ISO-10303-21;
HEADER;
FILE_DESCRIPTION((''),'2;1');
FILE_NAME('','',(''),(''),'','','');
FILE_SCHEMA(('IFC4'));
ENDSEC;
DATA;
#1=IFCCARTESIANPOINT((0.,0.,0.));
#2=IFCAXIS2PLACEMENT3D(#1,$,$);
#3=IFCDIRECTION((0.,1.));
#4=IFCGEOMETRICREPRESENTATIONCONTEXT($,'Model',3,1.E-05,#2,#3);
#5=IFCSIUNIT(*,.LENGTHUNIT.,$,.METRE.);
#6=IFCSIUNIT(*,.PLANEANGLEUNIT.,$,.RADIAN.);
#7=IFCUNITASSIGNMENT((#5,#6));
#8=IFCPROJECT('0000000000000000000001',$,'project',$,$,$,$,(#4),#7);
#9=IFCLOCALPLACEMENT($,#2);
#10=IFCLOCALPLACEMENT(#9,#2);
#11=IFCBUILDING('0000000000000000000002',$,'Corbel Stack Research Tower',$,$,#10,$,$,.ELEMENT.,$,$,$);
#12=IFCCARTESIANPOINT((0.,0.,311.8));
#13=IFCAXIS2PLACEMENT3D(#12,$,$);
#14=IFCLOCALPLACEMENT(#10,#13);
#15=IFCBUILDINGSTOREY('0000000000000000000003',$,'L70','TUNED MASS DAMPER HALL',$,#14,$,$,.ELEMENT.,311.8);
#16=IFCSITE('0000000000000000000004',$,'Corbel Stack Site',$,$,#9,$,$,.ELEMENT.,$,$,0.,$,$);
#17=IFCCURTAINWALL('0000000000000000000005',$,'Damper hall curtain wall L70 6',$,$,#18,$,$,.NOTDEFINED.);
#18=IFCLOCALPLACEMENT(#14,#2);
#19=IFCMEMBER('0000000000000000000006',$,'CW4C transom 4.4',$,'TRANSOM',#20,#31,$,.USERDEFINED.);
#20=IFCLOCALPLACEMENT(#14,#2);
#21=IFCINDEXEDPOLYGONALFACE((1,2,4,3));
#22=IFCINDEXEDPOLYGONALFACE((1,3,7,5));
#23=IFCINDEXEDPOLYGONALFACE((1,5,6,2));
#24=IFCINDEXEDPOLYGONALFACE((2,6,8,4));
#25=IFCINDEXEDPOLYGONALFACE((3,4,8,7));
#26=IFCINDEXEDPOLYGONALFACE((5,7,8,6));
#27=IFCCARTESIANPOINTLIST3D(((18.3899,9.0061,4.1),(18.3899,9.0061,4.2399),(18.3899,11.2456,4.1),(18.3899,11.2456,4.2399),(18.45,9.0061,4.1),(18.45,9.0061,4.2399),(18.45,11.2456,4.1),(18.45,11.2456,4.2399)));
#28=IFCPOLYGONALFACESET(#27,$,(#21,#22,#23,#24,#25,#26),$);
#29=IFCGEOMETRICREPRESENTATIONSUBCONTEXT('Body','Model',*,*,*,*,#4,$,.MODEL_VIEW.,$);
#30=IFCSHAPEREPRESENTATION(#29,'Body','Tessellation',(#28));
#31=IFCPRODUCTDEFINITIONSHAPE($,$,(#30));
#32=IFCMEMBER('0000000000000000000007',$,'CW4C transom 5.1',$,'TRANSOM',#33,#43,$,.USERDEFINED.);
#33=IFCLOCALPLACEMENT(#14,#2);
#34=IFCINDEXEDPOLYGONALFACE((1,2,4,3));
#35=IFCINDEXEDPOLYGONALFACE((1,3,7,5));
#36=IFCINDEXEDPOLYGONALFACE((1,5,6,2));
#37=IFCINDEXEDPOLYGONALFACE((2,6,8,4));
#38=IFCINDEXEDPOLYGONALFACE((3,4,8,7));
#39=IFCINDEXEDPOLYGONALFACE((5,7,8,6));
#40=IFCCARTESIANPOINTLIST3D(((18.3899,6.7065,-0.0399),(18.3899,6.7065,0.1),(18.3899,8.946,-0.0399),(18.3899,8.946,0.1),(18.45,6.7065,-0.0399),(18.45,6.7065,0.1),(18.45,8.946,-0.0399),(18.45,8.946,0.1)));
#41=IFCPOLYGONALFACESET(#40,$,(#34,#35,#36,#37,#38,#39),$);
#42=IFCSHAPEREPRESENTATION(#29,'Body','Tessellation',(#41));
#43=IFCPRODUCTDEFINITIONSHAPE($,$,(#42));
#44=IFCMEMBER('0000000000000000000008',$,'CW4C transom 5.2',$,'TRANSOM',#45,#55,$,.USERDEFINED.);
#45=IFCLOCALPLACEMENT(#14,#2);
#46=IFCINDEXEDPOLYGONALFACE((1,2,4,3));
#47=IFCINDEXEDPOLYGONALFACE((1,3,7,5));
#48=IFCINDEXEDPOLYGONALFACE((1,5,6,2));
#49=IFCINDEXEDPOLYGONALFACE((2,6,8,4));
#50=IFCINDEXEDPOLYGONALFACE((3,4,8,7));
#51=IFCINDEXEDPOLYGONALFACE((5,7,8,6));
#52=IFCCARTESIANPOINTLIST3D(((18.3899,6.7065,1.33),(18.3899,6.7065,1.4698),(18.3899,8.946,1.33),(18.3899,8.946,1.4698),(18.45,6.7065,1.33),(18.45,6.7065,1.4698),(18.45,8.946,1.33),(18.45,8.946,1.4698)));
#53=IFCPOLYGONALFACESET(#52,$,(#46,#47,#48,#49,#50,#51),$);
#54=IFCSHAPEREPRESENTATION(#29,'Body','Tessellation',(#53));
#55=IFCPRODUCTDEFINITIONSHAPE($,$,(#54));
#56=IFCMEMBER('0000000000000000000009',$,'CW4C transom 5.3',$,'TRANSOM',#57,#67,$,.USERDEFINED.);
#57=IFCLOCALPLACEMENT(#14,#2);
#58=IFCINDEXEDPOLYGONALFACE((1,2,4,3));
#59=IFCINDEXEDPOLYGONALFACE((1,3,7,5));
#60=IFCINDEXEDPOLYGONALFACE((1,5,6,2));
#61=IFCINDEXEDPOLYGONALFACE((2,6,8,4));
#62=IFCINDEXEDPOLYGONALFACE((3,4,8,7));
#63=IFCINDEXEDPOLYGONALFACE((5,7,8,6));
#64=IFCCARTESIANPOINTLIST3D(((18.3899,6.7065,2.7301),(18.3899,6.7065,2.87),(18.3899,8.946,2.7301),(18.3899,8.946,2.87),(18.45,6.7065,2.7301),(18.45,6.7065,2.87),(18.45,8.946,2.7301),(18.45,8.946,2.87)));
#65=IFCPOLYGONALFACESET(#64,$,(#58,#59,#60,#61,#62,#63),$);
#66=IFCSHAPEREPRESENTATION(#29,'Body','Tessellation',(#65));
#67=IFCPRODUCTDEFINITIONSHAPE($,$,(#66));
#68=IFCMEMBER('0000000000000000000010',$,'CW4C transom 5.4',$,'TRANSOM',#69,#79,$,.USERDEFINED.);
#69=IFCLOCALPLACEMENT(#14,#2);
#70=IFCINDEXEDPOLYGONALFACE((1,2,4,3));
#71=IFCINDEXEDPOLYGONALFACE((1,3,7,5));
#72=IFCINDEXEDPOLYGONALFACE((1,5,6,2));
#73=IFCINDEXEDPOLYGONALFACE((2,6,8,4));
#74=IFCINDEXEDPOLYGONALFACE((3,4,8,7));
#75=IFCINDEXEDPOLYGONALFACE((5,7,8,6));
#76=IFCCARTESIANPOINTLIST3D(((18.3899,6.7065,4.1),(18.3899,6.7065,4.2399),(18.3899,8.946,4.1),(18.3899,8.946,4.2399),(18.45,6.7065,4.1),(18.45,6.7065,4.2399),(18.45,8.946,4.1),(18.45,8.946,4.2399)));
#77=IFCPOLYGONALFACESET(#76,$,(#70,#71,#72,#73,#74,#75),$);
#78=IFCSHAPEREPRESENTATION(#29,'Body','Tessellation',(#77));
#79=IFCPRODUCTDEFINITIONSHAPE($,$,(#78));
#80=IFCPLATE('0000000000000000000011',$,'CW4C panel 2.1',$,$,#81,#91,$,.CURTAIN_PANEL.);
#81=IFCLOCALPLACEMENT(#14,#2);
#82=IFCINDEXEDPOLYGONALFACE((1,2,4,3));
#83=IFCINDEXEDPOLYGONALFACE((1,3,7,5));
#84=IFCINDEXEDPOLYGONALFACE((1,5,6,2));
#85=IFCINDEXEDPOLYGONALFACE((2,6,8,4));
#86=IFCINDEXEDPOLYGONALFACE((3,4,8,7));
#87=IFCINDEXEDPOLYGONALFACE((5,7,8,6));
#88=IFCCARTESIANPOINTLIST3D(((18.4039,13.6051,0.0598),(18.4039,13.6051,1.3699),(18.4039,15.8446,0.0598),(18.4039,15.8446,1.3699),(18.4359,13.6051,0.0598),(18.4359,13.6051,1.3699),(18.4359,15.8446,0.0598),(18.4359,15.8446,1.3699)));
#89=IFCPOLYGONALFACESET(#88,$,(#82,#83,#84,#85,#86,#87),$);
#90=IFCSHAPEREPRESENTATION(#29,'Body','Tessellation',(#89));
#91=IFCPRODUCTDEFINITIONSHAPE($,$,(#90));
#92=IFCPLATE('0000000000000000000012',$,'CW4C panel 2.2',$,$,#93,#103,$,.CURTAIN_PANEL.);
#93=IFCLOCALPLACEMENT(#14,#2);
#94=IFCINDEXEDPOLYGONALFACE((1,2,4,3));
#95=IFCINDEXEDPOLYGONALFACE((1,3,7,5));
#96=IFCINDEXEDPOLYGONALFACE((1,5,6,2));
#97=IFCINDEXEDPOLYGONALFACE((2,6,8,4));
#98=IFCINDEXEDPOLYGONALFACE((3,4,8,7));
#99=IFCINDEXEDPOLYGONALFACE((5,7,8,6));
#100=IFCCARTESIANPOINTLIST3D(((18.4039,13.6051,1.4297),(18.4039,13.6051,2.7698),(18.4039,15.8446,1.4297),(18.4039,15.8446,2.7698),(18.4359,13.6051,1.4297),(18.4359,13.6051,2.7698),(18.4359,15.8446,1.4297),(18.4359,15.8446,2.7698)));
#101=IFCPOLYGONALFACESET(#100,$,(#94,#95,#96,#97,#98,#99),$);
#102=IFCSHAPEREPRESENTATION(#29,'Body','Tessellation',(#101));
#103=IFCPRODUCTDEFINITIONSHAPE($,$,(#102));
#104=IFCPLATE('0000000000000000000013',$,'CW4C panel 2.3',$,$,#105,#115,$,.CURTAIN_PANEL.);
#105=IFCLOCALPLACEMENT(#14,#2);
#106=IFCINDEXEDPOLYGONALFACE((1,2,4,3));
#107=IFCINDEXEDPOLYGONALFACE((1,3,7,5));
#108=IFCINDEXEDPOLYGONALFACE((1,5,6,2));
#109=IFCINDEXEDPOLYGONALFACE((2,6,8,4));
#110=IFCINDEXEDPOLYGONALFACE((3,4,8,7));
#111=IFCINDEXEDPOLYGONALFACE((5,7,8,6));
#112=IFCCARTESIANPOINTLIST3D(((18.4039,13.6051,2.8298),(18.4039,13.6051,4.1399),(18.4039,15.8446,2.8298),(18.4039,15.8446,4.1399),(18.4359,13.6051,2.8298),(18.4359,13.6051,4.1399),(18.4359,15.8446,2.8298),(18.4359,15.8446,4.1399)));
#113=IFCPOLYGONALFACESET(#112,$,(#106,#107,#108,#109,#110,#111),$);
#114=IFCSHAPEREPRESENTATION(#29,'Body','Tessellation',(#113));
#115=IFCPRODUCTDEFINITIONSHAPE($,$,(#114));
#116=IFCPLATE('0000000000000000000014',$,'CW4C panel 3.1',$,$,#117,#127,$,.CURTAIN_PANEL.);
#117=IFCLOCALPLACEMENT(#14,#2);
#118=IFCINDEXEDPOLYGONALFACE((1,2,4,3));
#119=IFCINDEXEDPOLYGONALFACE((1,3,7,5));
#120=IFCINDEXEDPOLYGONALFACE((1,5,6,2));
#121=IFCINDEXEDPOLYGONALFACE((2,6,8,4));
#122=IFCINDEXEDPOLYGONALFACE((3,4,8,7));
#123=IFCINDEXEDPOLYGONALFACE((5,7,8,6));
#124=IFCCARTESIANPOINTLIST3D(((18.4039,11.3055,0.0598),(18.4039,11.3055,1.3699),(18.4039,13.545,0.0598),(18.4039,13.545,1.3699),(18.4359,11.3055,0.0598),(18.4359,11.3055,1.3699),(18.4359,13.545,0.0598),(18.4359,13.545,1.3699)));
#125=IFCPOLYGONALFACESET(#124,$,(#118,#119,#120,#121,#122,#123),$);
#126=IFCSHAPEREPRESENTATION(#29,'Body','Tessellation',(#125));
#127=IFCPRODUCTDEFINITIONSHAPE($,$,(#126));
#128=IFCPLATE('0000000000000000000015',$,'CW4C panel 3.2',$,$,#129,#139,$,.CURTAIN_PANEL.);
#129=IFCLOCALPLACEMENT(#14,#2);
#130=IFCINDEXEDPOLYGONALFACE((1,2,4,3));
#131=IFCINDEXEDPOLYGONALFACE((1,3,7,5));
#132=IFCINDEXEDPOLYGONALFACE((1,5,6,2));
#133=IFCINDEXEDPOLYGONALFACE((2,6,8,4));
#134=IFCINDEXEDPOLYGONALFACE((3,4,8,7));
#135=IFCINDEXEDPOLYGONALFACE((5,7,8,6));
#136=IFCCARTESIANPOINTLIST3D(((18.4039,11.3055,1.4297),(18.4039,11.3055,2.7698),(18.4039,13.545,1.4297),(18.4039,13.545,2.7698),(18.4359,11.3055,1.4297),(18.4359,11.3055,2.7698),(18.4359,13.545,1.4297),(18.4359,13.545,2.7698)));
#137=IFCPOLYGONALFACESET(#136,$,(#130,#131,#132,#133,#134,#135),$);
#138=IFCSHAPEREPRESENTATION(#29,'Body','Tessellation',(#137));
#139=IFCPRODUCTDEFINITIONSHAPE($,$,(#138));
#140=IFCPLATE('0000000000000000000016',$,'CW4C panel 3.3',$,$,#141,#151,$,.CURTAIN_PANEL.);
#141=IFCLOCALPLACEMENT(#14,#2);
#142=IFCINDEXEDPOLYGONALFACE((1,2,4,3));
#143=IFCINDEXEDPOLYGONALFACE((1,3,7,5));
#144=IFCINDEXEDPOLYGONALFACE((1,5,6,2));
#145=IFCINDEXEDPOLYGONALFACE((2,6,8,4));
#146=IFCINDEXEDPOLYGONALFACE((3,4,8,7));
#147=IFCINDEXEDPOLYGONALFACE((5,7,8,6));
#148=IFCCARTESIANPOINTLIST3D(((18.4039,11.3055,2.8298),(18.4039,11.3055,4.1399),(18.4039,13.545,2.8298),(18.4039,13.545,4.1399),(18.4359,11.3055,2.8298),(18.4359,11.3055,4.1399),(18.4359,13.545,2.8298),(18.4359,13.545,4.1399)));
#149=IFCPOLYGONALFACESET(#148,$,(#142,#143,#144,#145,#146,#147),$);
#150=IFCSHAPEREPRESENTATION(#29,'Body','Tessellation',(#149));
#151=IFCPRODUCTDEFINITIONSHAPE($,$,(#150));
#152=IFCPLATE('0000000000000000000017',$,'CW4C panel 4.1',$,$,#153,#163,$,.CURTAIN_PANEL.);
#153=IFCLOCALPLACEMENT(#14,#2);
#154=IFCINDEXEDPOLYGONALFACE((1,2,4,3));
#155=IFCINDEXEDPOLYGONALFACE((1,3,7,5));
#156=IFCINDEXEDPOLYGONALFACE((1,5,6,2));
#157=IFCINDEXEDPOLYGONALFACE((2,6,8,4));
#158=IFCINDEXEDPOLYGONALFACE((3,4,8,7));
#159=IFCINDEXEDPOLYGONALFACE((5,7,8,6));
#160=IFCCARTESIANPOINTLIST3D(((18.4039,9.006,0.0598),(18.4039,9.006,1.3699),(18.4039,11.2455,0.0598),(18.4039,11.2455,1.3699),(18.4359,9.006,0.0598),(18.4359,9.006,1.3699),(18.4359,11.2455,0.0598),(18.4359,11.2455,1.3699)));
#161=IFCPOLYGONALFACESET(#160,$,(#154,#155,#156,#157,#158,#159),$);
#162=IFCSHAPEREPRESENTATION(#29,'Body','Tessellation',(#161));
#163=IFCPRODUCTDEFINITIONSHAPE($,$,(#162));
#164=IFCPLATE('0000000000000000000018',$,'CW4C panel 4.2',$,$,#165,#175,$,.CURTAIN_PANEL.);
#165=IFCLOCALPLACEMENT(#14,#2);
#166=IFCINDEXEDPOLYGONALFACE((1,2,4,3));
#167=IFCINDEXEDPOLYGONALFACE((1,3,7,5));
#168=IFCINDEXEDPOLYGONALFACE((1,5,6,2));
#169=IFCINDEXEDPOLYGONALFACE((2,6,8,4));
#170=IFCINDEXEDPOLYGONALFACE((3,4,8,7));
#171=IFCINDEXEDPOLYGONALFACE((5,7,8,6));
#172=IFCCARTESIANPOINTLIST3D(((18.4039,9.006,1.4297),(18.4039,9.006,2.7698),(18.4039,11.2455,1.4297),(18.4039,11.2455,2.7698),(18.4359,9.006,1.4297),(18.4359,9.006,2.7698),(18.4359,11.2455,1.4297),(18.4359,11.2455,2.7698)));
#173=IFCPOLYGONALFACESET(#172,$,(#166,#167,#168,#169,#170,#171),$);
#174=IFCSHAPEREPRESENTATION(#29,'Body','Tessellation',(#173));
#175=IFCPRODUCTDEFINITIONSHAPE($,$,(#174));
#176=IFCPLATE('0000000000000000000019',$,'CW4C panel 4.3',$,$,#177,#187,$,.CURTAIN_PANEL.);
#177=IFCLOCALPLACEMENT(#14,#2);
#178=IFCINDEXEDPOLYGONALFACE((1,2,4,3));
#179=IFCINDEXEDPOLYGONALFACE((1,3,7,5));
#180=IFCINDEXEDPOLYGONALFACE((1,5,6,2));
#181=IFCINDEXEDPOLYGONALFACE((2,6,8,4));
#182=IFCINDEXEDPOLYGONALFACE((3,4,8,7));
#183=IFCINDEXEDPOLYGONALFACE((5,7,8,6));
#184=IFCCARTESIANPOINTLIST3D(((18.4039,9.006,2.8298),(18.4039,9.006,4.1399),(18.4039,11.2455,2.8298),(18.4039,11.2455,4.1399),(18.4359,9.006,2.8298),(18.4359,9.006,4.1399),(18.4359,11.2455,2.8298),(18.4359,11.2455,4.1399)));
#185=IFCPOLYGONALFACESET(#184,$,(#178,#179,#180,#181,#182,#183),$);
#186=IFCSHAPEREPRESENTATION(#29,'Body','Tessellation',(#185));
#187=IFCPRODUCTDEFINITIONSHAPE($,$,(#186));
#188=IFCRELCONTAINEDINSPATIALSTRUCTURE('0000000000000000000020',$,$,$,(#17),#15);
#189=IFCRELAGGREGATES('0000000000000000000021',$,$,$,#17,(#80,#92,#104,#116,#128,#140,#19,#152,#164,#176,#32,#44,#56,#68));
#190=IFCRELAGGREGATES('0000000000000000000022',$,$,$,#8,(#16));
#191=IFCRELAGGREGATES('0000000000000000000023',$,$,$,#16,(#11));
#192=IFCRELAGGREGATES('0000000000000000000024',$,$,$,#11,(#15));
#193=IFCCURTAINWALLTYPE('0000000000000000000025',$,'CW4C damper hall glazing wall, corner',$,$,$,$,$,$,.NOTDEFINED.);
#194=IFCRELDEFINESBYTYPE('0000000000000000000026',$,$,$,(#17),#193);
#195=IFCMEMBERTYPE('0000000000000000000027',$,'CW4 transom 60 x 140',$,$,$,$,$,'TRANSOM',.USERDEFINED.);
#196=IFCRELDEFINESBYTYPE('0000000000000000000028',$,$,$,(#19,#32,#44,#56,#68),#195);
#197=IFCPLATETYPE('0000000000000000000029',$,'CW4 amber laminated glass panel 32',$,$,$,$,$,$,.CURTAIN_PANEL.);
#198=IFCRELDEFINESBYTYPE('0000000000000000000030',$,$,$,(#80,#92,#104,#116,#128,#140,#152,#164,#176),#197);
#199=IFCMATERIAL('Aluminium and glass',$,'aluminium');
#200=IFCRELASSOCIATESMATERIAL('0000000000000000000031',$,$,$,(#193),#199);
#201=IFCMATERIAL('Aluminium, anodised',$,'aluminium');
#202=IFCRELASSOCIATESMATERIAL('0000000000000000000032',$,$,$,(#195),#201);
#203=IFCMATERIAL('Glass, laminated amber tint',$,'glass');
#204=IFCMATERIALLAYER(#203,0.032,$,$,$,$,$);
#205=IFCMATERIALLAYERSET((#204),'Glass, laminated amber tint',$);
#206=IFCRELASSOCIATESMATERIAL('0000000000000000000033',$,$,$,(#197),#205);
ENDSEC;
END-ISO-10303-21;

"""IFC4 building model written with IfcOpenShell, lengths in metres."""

from ifc_helpers import new_model, si_unit, direction, frame, origin, origin_2d, place, context, subcontext, project, spatial, rectangle, extrude, material, layer, layer_set, material_profile, profile_set, type_object, element, aggregate, save


model = new_model("IFC4")

# Units and contexts
model_context = context("Model", 3, precision=1e-05, world=origin(), true_north=direction((0.0, 1.0)))
body_context = subcontext(model_context, "Body", "Model", "MODEL_VIEW")
ifc_project = project(units=[si_unit("LENGTHUNIT", "METRE"), si_unit("PLANEANGLEUNIT", "RADIAN")], contexts=[model_context])

# Site, building, storey
site_placement = place(None, origin())
site = spatial("IfcSite", under=ifc_project, at=site_placement, Name="Corbel Stack Site", CompositionType="ELEMENT", RefElevation=0.0)
building_placement = place(site_placement, origin())
building = spatial("IfcBuilding", under=site, at=building_placement, Name="Corbel Stack Research Tower", CompositionType="ELEMENT")
storey_placement = place(building_placement, frame((0.0, 0.0, 311.8)))
storey = spatial("IfcBuildingStorey", under=building, at=storey_placement, Name="L70", Description="TUNED MASS DAMPER HALL", CompositionType="ELEMENT", Elevation=311.8)

# Curtain wall, members, plates
ifc_material_1 = material(Name="Aluminium and glass", Category="aluminium")
curtain_wall_type = type_object("IfcCurtainWallType", Name="CW4C damper hall glazing wall, corner", PredefinedType="NOTDEFINED", material=ifc_material_1)
curtain_wall_placement = place(storey_placement, origin())
curtain_wall = element("IfcCurtainWall", 1, at=curtain_wall_placement, inside=storey, type_object=curtain_wall_type, Name="Damper hall curtain wall L70 6", PredefinedType="NOTDEFINED")
ifc_material_2 = material(Name="Aluminium, anodised", Category="aluminium")
ifc_material_profile_1 = material_profile(ifc_material_2, rectangle(XDim=0.0601, YDim=0.1399, at=origin_2d()), Name="CW4 transom 60 x 140")
ifc_profile_set_1 = profile_set([ifc_material_profile_1], Name="Aluminium, anodised")
member_type_1 = type_object("IfcMemberType", Name="CW4 transom 60 x 140", ElementType="TRANSOM", PredefinedType="USERDEFINED", material=ifc_profile_set_1)
member_1_placement = place(storey_placement, frame((18.4199, 11.2456, 4.1699), z_axis=(0.0, -1.0, 0.0), x_axis=(1.0, 0.0, 0.0)))
member_1 = element("IfcMember", 2, at=member_1_placement, type_object=member_type_1, Name="CW4C transom 4.4", ObjectType="TRANSOM", PredefinedType="USERDEFINED", context=body_context, shape_type="SweptSolid", body=[
    extrude(rectangle(XDim=0.0601, YDim=0.1399, at=origin_2d()), origin(), (0.0, 0.0, 1.0), 2.2395),
])
member_2_placement = place(storey_placement, frame((18.4199, 8.946, 0.03), z_axis=(0.0, -1.0, 0.0), x_axis=(1.0, 0.0, 0.0)))
member_2 = element("IfcMember", 3, at=member_2_placement, type_object=member_type_1, Name="CW4C transom 5.1", ObjectType="TRANSOM", PredefinedType="USERDEFINED", context=body_context, shape_type="SweptSolid", body=[
    extrude(rectangle(XDim=0.0601, YDim=0.1399, at=origin_2d()), origin(), (0.0, 0.0, 1.0), 2.2395),
])
member_3_placement = place(storey_placement, frame((18.4199, 8.946, 1.3999), z_axis=(0.0, -1.0, 0.0), x_axis=(1.0, 0.0, 0.0)))
member_3 = element("IfcMember", 4, at=member_3_placement, type_object=member_type_1, Name="CW4C transom 5.2", ObjectType="TRANSOM", PredefinedType="USERDEFINED", context=body_context, shape_type="SweptSolid", body=[
    extrude(rectangle(XDim=0.0601, YDim=0.1399, at=origin_2d()), origin(), (0.0, 0.0, 1.0), 2.2395),
])
member_4_placement = place(storey_placement, frame((18.4199, 8.946, 2.8), z_axis=(0.0, -1.0, 0.0), x_axis=(1.0, 0.0, 0.0)))
member_4 = element("IfcMember", 5, at=member_4_placement, type_object=member_type_1, Name="CW4C transom 5.3", ObjectType="TRANSOM", PredefinedType="USERDEFINED", context=body_context, shape_type="SweptSolid", body=[
    extrude(rectangle(XDim=0.0601, YDim=0.1399, at=origin_2d()), origin(), (0.0, 0.0, 1.0), 2.2395),
])
member_5_placement = place(storey_placement, frame((18.4199, 8.946, 4.1699), z_axis=(0.0, -1.0, 0.0), x_axis=(1.0, 0.0, 0.0)))
member_5 = element("IfcMember", 6, at=member_5_placement, type_object=member_type_1, Name="CW4C transom 5.4", ObjectType="TRANSOM", PredefinedType="USERDEFINED", context=body_context, shape_type="SweptSolid", body=[
    extrude(rectangle(XDim=0.0601, YDim=0.1399, at=origin_2d()), origin(), (0.0, 0.0, 1.0), 2.2395),
])
ifc_material_3 = material(Name="Glass, laminated amber tint", Category="glass")
ifc_layer = layer(ifc_material_3, 0.032)
ifc_layer_set = layer_set([ifc_layer], Name="Glass, laminated amber tint")
plate_type = type_object("IfcPlateType", Name="CW4 amber laminated glass panel 32", PredefinedType="CURTAIN_PANEL", material=ifc_layer_set)
plate_1_placement = place(storey_placement, frame((18.4199, 14.7249, 0.0598), z_axis=(0.0, 0.0, 1.0), x_axis=(0.0, -1.0, 0.0)))
plate_1 = element("IfcPlate", 7, at=plate_1_placement, type_object=plate_type, Name="CW4C panel 2.1", PredefinedType="CURTAIN_PANEL", context=body_context, shape_type="SweptSolid", body=[
    extrude(rectangle(XDim=2.2395, YDim=0.032, at=origin_2d()), origin(), (0.0, 0.0, 1.0), 1.3101),
])
plate_2_placement = place(storey_placement, frame((18.4199, 14.7249, 1.4297), z_axis=(0.0, 0.0, 1.0), x_axis=(0.0, -1.0, 0.0)))
plate_2 = element("IfcPlate", 8, at=plate_2_placement, type_object=plate_type, Name="CW4C panel 2.2", PredefinedType="CURTAIN_PANEL", context=body_context, shape_type="SweptSolid", body=[
    extrude(rectangle(XDim=2.2395, YDim=0.032, at=origin_2d()), origin(), (0.0, 0.0, 1.0), 1.3401),
])
plate_3_placement = place(storey_placement, frame((18.4199, 14.7249, 2.8298), z_axis=(0.0, 0.0, 1.0), x_axis=(0.0, -1.0, 0.0)))
plate_3 = element("IfcPlate", 9, at=plate_3_placement, type_object=plate_type, Name="CW4C panel 2.3", PredefinedType="CURTAIN_PANEL", context=body_context, shape_type="SweptSolid", body=[
    extrude(rectangle(XDim=2.2395, YDim=0.032, at=origin_2d()), origin(), (0.0, 0.0, 1.0), 1.3101),
])
plate_4_placement = place(storey_placement, frame((18.4199, 12.4253, 0.0598), z_axis=(0.0, 0.0, 1.0), x_axis=(0.0, -1.0, 0.0)))
plate_4 = element("IfcPlate", 10, at=plate_4_placement, type_object=plate_type, Name="CW4C panel 3.1", PredefinedType="CURTAIN_PANEL", context=body_context, shape_type="SweptSolid", body=[
    extrude(rectangle(XDim=2.2395, YDim=0.032, at=origin_2d()), origin(), (0.0, 0.0, 1.0), 1.3101),
])
plate_5_placement = place(storey_placement, frame((18.4199, 12.4253, 1.4297), z_axis=(0.0, 0.0, 1.0), x_axis=(0.0, -1.0, 0.0)))
plate_5 = element("IfcPlate", 11, at=plate_5_placement, type_object=plate_type, Name="CW4C panel 3.2", PredefinedType="CURTAIN_PANEL", context=body_context, shape_type="SweptSolid", body=[
    extrude(rectangle(XDim=2.2395, YDim=0.032, at=origin_2d()), origin(), (0.0, 0.0, 1.0), 1.3401),
])
plate_6_placement = place(storey_placement, frame((18.4199, 12.4253, 2.8298), z_axis=(0.0, 0.0, 1.0), x_axis=(0.0, -1.0, 0.0)))
plate_6 = element("IfcPlate", 12, at=plate_6_placement, type_object=plate_type, Name="CW4C panel 3.3", PredefinedType="CURTAIN_PANEL", context=body_context, shape_type="SweptSolid", body=[
    extrude(rectangle(XDim=2.2395, YDim=0.032, at=origin_2d()), origin(), (0.0, 0.0, 1.0), 1.3101),
])
plate_7_placement = place(storey_placement, frame((18.4199, 10.1257, 0.0598), z_axis=(0.0, 0.0, 1.0), x_axis=(0.0, -1.0, 0.0)))
plate_7 = element("IfcPlate", 13, at=plate_7_placement, type_object=plate_type, Name="CW4C panel 4.1", PredefinedType="CURTAIN_PANEL", context=body_context, shape_type="SweptSolid", body=[
    extrude(rectangle(XDim=2.2395, YDim=0.032, at=origin_2d()), origin(), (0.0, 0.0, 1.0), 1.3101),
])
plate_8_placement = place(storey_placement, frame((18.4199, 10.1257, 1.4297), z_axis=(0.0, 0.0, 1.0), x_axis=(0.0, -1.0, 0.0)))
plate_8 = element("IfcPlate", 14, at=plate_8_placement, type_object=plate_type, Name="CW4C panel 4.2", PredefinedType="CURTAIN_PANEL", context=body_context, shape_type="SweptSolid", body=[
    extrude(rectangle(XDim=2.2395, YDim=0.032, at=origin_2d()), origin(), (0.0, 0.0, 1.0), 1.3401),
])
plate_9_placement = place(storey_placement, frame((18.4199, 10.1257, 2.8298), z_axis=(0.0, 0.0, 1.0), x_axis=(0.0, -1.0, 0.0)))
plate_9 = element("IfcPlate", 15, at=plate_9_placement, type_object=plate_type, Name="CW4C panel 4.3", PredefinedType="CURTAIN_PANEL", context=body_context, shape_type="SweptSolid", body=[
    extrude(rectangle(XDim=2.2395, YDim=0.032, at=origin_2d()), origin(), (0.0, 0.0, 1.0), 1.3101),
])
aggregate(curtain_wall, [plate_1, plate_2, plate_3, plate_4, plate_5, plate_6, member_1, plate_7, plate_8, plate_9, member_2, member_3, member_4, member_5])

save(model, "model.ifc")
